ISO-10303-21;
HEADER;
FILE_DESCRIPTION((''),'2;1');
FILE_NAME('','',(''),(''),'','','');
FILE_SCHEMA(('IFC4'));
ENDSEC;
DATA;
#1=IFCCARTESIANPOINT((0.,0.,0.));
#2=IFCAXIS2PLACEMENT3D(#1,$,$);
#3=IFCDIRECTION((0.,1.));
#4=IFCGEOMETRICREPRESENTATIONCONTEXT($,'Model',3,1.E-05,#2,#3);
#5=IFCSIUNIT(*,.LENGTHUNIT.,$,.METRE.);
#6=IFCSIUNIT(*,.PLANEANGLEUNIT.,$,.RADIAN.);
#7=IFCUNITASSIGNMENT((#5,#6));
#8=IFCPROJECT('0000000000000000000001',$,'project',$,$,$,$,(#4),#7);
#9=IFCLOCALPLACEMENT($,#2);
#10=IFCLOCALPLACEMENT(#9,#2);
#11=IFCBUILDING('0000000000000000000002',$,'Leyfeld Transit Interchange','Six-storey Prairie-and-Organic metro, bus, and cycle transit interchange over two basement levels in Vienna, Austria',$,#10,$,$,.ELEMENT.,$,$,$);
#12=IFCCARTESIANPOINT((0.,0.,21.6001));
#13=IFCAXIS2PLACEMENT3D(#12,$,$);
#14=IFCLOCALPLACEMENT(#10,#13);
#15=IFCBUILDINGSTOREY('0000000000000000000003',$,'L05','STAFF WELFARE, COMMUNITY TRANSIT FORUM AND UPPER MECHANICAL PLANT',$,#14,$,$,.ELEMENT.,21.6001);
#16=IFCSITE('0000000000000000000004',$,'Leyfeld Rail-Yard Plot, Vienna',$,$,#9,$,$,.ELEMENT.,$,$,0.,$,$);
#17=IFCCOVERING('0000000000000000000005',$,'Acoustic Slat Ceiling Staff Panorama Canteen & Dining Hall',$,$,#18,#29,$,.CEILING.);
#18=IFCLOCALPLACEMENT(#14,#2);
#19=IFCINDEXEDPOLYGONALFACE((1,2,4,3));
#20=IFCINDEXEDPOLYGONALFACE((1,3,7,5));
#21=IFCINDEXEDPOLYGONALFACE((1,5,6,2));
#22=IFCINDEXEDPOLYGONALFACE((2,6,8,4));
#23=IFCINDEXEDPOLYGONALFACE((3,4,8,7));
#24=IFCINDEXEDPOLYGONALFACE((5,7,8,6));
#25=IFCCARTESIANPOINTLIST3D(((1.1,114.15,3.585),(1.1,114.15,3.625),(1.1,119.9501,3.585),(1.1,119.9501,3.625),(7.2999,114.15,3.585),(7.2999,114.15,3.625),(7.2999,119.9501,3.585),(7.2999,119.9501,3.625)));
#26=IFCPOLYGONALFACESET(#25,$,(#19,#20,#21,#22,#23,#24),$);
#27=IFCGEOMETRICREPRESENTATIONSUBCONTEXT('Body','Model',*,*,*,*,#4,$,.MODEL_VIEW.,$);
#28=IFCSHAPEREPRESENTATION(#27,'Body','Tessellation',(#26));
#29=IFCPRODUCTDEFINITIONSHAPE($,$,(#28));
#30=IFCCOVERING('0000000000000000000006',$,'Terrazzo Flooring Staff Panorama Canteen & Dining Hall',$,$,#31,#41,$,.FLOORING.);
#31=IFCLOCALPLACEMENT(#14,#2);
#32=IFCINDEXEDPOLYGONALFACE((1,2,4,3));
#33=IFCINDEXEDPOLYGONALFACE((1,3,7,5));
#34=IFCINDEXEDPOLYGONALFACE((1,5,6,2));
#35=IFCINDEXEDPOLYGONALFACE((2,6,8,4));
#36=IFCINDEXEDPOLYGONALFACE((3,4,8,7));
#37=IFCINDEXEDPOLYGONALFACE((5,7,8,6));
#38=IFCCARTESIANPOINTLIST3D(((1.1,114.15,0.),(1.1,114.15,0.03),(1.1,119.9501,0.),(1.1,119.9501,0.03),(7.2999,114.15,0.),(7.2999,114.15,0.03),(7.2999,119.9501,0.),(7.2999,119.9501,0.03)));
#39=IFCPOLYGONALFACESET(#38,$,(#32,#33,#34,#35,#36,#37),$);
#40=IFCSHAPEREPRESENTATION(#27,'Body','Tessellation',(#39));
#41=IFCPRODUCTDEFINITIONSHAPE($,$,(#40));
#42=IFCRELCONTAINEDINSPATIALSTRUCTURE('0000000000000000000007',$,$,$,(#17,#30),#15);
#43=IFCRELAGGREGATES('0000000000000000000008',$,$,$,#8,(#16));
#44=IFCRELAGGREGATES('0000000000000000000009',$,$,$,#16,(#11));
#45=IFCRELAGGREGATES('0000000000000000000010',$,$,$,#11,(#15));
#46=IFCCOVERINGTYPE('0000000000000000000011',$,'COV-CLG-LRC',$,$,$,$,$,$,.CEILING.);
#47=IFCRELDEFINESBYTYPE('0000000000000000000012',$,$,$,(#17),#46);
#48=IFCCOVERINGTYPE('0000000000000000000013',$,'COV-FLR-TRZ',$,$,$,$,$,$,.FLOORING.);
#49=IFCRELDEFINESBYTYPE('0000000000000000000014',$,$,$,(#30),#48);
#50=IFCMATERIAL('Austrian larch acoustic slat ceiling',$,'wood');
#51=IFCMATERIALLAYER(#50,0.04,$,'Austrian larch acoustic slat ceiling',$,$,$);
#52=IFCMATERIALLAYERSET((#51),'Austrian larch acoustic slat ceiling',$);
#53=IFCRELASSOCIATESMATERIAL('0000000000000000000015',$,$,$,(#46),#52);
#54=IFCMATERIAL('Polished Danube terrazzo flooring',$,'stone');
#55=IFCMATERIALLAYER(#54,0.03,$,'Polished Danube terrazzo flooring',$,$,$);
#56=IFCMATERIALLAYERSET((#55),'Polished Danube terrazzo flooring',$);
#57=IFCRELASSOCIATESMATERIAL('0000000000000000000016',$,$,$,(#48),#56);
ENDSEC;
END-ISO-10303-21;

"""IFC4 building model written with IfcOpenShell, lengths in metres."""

from ifc_helpers import new_model, si_unit, direction, frame, origin, origin_2d, place, context, subcontext, project, spatial, rectangle, extrude, material, layer, layer_set, type_object, element, save


model = new_model("IFC4")

# Units and contexts
model_context = context("Model", 3, precision=1e-05, world=origin(), true_north=direction((0.0, 1.0)))
body_context = subcontext(model_context, "Body", "Model", "MODEL_VIEW")
ifc_project = project(units=[si_unit("LENGTHUNIT", "METRE"), si_unit("PLANEANGLEUNIT", "RADIAN")], contexts=[model_context])

# Site, building, storey
site_placement = place(None, origin())
site = spatial("IfcSite", under=ifc_project, at=site_placement, Name="Leyfeld Rail-Yard Plot, Vienna", CompositionType="ELEMENT", RefElevation=0.0)
building_placement = place(site_placement, origin())
building = spatial("IfcBuilding", under=site, at=building_placement, Name="Leyfeld Transit Interchange", Description="Six-storey Prairie-and-Organic metro, bus, and cycle transit interchange over two basement levels in Vienna, Austria", CompositionType="ELEMENT")
storey_placement = place(building_placement, frame((0.0, 0.0, 21.6001)))
storey = spatial("IfcBuildingStorey", under=building, at=storey_placement, Name="L05", Description="STAFF WELFARE, COMMUNITY TRANSIT FORUM AND UPPER MECHANICAL PLANT", CompositionType="ELEMENT", Elevation=21.6001)

# Coverings
ifc_material_1 = material(Name="Austrian larch acoustic slat ceiling", Category="wood")
ifc_layer_1 = layer(ifc_material_1, 0.04, Name="Austrian larch acoustic slat ceiling")
ifc_layer_set_1 = layer_set([ifc_layer_1], Name="Austrian larch acoustic slat ceiling")
covering_type_1 = type_object("IfcCoveringType", Name="COV-CLG-LRC", PredefinedType="CEILING", material=ifc_layer_set_1)
covering_1_placement = place(storey_placement, frame((4.2, 117.05, 3.585), z_axis=(0.0, 0.0, 1.0), x_axis=(1.0, 0.0, 0.0)))
element("IfcCovering", 1, at=covering_1_placement, inside=storey, type_object=covering_type_1, Name="Acoustic Slat Ceiling Staff Panorama Canteen & Dining Hall", PredefinedType="CEILING", context=body_context, shape_type="SweptSolid", body=[
    extrude(rectangle(XDim=6.2, YDim=5.8, at=origin_2d()), origin(), (0.0, 0.0, 1.0), 0.04),
])
ifc_material_2 = material(Name="Polished Danube terrazzo flooring", Category="stone")
ifc_layer_2 = layer(ifc_material_2, 0.03, Name="Polished Danube terrazzo flooring")
ifc_layer_set_2 = layer_set([ifc_layer_2], Name="Polished Danube terrazzo flooring")
covering_type_2 = type_object("IfcCoveringType", Name="COV-FLR-TRZ", PredefinedType="FLOORING", material=ifc_layer_set_2)
covering_2_placement = place(storey_placement, frame((4.2, 117.05, 0.0), z_axis=(0.0, 0.0, 1.0), x_axis=(1.0, 0.0, 0.0)))
element("IfcCovering", 2, at=covering_2_placement, inside=storey, type_object=covering_type_2, Name="Terrazzo Flooring Staff Panorama Canteen & Dining Hall", PredefinedType="FLOORING", context=body_context, shape_type="SweptSolid", body=[
    extrude(rectangle(XDim=6.2, YDim=5.8, at=origin_2d()), origin(), (0.0, 0.0, 1.0), 0.03),
])

save(model, "model.ifc")
